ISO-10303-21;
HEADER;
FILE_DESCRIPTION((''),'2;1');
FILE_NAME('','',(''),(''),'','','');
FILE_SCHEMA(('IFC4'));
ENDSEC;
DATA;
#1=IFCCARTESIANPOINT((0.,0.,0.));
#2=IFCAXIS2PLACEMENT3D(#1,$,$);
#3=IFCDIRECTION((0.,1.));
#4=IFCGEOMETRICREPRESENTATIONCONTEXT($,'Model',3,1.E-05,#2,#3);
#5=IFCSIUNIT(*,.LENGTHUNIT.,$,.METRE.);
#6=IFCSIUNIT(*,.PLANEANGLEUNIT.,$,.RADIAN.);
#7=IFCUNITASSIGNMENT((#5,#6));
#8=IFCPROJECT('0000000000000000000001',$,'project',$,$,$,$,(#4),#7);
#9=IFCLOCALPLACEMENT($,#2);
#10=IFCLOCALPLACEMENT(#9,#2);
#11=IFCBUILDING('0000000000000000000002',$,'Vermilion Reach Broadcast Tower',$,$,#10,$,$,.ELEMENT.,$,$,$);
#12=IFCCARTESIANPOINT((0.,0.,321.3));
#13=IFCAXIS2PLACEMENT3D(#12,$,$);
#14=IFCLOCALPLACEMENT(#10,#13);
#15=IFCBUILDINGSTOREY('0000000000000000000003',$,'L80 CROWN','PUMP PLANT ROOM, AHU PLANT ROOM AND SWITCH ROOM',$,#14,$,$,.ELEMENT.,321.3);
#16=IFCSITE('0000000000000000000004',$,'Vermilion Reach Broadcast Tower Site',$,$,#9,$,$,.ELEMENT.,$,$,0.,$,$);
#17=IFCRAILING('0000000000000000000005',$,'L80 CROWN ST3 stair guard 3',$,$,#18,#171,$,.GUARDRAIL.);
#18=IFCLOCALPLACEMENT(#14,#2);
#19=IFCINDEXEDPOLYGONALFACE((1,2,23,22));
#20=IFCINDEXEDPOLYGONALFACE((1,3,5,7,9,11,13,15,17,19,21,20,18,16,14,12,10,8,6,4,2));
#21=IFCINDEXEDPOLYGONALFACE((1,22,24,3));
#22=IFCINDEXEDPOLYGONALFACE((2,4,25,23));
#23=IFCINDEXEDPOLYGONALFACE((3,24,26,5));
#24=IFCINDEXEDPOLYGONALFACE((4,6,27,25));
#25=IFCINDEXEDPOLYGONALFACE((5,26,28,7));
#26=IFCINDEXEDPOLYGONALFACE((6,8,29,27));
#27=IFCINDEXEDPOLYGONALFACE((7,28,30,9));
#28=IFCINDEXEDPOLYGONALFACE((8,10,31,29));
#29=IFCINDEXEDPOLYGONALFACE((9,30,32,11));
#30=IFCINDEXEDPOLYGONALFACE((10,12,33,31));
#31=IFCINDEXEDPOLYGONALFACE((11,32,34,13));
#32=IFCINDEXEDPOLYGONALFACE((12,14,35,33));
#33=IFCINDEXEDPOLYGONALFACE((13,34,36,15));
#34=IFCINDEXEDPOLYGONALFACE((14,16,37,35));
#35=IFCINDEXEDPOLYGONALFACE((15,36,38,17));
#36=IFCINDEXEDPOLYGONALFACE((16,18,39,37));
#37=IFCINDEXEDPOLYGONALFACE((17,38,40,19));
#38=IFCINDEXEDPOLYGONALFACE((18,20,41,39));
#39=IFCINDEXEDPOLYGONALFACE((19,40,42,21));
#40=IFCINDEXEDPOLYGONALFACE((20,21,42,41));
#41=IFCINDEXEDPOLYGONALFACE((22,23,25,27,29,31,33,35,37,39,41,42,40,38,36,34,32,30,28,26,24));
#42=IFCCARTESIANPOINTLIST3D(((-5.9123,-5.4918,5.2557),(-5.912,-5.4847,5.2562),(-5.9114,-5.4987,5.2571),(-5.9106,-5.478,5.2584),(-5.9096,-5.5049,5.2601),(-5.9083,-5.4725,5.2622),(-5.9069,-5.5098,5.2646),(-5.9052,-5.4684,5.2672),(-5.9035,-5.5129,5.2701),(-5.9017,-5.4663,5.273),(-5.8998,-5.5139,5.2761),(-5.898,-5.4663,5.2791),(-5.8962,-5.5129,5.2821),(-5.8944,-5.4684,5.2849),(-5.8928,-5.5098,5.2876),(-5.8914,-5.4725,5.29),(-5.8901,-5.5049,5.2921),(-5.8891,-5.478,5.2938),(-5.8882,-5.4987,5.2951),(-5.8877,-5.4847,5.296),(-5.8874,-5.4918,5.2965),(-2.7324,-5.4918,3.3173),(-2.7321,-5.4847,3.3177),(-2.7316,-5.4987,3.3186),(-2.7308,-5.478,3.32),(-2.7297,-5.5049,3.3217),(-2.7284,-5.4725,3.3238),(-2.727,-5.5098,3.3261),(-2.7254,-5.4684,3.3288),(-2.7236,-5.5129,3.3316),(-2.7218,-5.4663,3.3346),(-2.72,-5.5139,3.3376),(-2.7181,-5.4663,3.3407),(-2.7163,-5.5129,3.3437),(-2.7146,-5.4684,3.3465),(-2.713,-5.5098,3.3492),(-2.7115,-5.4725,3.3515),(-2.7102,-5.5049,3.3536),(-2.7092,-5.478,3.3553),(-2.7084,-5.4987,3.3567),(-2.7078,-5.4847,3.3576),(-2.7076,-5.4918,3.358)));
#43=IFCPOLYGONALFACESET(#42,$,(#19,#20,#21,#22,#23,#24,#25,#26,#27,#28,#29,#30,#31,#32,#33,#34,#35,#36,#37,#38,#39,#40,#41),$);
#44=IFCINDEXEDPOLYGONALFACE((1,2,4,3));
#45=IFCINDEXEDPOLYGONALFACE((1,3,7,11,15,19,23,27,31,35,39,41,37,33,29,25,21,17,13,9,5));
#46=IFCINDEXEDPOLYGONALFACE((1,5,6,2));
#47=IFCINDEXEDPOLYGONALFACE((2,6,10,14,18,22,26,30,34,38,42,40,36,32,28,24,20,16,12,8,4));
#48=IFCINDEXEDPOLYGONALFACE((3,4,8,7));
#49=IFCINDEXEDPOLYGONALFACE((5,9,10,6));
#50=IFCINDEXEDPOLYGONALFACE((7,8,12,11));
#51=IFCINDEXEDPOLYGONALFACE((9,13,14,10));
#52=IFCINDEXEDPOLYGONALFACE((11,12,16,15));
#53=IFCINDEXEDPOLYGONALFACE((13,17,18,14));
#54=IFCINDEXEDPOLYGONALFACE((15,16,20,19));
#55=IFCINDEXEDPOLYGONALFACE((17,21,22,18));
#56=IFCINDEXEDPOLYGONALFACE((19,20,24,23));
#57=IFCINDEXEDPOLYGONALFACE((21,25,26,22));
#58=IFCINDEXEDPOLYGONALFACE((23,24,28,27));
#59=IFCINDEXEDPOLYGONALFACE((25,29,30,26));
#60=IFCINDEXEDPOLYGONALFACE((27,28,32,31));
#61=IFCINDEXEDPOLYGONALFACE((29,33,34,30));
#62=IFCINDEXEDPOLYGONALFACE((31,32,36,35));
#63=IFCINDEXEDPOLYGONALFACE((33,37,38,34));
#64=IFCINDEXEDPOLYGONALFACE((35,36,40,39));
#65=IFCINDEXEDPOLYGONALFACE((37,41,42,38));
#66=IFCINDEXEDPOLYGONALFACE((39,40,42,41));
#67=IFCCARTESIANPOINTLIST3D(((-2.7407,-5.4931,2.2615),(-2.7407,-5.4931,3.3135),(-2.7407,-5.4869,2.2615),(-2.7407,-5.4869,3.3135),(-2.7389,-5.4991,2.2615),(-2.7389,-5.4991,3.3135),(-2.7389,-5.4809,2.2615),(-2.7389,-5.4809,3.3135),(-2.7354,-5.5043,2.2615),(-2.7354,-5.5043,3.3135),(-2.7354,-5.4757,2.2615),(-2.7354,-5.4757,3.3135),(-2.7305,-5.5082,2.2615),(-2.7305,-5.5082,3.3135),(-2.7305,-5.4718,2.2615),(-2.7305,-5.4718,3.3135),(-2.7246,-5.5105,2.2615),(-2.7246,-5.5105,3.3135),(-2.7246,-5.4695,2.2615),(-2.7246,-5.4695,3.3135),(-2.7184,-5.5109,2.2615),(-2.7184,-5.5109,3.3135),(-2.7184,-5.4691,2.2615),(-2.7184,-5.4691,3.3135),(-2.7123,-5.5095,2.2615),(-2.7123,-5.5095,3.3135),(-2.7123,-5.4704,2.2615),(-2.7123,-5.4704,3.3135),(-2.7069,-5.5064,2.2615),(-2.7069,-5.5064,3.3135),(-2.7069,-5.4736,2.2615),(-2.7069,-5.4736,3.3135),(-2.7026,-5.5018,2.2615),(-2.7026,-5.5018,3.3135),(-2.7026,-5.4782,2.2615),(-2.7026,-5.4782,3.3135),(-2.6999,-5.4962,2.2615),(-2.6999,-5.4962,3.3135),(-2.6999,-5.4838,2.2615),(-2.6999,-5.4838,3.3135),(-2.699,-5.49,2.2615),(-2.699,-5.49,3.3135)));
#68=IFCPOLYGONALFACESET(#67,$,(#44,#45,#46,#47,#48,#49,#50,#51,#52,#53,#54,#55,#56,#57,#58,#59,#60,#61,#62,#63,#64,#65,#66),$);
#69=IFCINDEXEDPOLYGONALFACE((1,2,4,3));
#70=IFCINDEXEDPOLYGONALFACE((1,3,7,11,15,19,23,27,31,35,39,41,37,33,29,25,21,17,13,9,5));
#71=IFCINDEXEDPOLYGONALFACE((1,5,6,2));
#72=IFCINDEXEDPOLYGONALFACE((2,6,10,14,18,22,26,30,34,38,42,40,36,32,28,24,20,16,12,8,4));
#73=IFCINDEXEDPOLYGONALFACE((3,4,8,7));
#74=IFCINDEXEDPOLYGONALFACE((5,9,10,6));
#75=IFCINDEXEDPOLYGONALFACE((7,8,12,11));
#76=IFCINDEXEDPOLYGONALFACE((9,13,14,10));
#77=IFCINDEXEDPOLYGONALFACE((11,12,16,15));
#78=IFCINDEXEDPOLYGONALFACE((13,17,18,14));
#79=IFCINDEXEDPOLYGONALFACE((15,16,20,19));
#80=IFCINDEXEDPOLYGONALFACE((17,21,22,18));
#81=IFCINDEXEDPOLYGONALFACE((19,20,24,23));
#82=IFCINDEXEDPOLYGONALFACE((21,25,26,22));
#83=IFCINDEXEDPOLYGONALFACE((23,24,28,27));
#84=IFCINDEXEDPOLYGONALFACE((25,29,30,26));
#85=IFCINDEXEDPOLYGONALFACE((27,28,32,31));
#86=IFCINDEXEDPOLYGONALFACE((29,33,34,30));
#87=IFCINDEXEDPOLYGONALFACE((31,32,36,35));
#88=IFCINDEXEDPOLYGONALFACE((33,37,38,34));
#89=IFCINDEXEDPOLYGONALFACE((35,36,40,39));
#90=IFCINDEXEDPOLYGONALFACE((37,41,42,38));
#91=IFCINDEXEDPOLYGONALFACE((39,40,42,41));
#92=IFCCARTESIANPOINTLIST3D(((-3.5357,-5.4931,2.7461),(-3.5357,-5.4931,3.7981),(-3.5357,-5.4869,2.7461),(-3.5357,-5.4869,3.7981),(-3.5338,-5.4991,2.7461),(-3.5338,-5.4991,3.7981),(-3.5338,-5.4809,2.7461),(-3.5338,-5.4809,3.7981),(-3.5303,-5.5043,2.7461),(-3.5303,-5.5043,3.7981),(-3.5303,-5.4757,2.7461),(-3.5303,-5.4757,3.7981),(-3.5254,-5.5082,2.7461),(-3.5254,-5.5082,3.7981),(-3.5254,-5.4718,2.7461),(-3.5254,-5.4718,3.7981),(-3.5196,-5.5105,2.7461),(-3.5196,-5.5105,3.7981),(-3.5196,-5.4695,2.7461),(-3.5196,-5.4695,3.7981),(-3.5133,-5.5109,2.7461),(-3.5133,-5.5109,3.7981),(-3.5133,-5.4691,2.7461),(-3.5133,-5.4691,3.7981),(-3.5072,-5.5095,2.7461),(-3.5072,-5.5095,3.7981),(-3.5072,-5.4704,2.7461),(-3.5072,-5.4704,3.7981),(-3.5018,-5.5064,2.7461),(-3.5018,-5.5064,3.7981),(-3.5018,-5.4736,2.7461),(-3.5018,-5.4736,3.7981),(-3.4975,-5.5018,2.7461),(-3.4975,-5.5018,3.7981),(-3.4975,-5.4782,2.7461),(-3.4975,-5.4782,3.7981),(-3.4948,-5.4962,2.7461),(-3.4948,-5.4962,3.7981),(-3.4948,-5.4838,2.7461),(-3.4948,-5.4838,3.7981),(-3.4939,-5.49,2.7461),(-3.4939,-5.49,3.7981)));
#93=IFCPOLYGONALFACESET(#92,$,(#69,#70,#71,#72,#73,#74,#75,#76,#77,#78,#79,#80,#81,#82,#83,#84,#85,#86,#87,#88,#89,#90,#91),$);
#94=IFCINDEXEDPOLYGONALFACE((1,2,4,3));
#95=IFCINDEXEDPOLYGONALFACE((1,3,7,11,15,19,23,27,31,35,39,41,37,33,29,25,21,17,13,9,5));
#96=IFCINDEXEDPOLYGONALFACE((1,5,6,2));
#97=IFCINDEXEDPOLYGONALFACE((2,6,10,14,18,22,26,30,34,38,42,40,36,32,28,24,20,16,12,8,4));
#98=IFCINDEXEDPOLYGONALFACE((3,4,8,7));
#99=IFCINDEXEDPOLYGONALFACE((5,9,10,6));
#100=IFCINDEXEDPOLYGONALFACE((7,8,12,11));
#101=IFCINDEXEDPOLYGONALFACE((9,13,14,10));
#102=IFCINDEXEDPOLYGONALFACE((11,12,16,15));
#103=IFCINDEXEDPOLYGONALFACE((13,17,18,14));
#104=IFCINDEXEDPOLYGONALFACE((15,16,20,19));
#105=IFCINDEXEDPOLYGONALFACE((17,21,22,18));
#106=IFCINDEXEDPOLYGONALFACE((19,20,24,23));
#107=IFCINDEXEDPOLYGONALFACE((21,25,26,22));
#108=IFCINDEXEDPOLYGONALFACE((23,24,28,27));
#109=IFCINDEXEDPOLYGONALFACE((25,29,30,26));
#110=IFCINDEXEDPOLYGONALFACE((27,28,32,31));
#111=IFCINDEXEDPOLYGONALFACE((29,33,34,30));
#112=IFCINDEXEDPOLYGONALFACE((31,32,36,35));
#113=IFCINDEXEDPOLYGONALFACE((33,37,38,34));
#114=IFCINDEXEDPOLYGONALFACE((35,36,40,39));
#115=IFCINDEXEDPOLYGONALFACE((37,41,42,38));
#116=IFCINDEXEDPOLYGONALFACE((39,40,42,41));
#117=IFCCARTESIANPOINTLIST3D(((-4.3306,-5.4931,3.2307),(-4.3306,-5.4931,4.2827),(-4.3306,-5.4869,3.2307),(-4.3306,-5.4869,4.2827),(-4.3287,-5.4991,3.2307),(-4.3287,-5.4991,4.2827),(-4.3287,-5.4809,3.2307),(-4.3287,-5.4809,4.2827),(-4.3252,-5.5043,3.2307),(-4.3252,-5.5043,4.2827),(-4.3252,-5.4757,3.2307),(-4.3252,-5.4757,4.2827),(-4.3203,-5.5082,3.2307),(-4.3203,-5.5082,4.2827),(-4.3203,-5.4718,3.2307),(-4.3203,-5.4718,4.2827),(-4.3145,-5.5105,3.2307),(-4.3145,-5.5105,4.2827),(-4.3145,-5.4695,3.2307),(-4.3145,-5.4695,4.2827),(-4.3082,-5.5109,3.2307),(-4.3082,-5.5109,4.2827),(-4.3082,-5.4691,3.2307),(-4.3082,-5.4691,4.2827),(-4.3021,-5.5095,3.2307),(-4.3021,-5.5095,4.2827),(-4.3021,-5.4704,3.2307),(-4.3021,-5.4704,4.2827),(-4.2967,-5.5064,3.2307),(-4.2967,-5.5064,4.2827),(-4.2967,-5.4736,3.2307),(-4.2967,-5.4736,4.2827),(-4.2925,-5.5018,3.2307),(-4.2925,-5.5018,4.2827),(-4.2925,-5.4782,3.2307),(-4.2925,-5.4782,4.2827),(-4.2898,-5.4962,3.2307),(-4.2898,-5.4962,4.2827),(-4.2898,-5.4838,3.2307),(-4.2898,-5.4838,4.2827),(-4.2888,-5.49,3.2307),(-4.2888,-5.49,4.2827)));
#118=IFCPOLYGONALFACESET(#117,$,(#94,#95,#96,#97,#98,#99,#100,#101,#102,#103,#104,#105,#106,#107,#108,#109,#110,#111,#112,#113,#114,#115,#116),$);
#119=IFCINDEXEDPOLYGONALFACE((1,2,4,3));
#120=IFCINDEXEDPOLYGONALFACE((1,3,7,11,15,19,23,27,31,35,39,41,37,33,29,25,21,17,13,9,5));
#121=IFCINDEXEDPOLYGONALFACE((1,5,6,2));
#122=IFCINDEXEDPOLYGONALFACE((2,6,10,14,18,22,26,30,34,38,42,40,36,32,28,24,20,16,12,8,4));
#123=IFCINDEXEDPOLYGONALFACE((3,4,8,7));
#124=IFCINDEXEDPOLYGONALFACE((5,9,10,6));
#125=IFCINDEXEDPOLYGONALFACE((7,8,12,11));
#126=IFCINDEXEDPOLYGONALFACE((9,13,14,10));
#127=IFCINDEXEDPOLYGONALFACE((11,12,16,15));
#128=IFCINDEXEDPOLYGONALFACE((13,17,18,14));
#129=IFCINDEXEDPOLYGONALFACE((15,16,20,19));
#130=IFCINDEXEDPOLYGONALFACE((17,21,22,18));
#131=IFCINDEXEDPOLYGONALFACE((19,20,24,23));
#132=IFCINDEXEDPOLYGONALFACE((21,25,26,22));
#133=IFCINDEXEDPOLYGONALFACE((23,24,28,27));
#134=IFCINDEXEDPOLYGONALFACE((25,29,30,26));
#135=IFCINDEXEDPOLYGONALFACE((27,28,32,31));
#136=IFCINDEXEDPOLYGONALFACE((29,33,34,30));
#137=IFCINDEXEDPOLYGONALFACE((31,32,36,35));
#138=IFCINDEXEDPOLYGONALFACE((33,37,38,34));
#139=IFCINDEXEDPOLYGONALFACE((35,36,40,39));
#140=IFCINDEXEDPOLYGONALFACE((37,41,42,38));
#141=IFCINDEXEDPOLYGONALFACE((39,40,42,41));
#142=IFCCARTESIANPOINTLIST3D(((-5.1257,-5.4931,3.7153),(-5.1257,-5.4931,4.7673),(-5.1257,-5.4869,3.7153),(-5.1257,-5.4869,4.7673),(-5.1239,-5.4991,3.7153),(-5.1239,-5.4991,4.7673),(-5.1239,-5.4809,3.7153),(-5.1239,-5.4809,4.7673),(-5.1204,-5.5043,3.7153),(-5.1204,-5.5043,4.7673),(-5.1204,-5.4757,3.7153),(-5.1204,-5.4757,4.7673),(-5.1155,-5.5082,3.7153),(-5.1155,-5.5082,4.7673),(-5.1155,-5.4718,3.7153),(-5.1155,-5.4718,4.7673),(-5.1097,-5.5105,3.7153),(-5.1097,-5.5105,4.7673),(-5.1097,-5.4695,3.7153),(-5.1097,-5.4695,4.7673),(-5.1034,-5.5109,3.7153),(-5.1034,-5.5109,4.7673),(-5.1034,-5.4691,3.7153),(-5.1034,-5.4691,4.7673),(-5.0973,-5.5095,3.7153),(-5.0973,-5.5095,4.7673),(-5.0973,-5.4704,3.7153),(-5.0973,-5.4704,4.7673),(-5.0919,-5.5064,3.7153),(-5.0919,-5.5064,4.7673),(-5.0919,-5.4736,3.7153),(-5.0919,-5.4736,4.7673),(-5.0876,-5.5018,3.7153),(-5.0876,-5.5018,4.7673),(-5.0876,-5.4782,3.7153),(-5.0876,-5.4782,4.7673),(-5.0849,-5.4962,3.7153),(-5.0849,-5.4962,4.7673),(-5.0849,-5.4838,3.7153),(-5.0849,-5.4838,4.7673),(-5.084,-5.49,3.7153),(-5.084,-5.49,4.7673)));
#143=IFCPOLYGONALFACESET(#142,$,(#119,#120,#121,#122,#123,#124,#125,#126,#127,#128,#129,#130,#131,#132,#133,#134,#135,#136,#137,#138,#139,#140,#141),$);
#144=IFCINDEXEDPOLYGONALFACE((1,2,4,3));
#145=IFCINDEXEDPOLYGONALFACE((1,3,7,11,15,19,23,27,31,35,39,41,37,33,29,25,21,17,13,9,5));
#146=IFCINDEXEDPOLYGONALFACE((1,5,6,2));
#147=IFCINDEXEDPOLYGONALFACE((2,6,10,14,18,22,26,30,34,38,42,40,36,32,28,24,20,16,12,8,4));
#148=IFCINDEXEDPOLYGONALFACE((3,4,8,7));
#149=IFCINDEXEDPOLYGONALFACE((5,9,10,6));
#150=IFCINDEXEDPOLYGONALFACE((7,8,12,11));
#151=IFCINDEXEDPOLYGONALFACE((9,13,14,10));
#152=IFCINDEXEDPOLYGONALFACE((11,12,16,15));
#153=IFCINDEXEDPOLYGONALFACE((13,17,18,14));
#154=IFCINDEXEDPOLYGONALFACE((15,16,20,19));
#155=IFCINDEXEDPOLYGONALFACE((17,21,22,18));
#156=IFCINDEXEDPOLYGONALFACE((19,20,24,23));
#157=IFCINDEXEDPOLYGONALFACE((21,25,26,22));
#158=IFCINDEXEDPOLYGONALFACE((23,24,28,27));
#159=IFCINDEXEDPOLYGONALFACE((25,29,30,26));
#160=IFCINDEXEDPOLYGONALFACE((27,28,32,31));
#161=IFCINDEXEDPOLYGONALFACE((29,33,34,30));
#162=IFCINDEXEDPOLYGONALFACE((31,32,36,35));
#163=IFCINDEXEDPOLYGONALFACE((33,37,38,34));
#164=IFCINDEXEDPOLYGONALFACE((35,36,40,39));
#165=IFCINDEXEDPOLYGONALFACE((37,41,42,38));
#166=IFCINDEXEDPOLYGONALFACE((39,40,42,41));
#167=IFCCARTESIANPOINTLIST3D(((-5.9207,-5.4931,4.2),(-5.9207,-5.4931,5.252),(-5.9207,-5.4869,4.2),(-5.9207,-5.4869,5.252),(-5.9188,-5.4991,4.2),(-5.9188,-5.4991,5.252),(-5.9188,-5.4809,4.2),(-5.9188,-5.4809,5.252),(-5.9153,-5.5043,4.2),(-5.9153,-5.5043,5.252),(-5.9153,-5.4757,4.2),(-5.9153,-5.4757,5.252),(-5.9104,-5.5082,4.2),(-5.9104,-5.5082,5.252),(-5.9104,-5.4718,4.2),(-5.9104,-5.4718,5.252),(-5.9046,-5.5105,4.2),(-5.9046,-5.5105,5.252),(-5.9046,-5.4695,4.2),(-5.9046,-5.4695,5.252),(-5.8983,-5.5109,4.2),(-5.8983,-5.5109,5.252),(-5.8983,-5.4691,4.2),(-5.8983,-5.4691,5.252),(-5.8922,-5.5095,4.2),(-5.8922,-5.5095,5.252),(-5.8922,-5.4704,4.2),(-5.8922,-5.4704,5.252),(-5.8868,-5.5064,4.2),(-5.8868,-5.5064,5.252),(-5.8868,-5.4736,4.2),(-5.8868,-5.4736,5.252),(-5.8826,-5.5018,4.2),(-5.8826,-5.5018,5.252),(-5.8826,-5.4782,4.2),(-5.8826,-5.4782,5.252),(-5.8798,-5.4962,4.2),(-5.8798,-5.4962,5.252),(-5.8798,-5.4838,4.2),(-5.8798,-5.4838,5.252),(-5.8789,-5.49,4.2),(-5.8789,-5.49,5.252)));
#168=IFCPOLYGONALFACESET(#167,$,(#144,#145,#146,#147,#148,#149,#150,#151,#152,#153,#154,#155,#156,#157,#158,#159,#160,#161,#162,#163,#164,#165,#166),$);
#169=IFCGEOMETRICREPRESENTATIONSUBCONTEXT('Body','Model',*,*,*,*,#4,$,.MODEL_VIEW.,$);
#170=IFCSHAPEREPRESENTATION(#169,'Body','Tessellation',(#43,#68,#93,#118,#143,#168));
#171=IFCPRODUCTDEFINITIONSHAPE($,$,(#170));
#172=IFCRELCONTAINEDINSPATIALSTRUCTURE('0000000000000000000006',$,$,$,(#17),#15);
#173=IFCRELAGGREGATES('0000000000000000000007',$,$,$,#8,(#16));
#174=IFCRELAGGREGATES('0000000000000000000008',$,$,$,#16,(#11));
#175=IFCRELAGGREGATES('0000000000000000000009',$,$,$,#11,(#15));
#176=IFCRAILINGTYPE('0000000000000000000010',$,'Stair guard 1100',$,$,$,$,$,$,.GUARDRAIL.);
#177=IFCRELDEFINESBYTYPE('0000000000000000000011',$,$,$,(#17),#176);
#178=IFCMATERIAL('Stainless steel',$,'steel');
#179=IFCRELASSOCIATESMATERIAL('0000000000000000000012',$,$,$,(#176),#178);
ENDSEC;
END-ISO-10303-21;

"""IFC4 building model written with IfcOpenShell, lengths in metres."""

from ifc_helpers import new_model, si_unit, direction, frame, origin, origin_2d, place, context, subcontext, project, spatial, circle, extrude, material, type_object, element, save


model = new_model("IFC4")

# Units and contexts
model_context = context("Model", 3, precision=1e-05, world=origin(), true_north=direction((0.0, 1.0)))
body_context = subcontext(model_context, "Body", "Model", "MODEL_VIEW")
ifc_project = project(units=[si_unit("LENGTHUNIT", "METRE"), si_unit("PLANEANGLEUNIT", "RADIAN")], contexts=[model_context])

# Site, building, storey
site_placement = place(None, origin())
site = spatial("IfcSite", under=ifc_project, at=site_placement, Name="Vermilion Reach Broadcast Tower Site", CompositionType="ELEMENT", RefElevation=0.0)
building_placement = place(site_placement, origin())
building = spatial("IfcBuilding", under=site, at=building_placement, Name="Vermilion Reach Broadcast Tower", CompositionType="ELEMENT")
storey_placement = place(building_placement, frame((0.0, 0.0, 321.3)))
storey = spatial("IfcBuildingStorey", under=building, at=storey_placement, Name="L80 CROWN", Description="PUMP PLANT ROOM, AHU PLANT ROOM AND SWITCH ROOM", CompositionType="ELEMENT", Elevation=321.3)

# Railing
ifc_material_1 = material(Name="Stainless steel", Category="steel")
railing_type_1 = type_object("IfcRailingType", Name="Stair guard 1100", PredefinedType="GUARDRAIL", material=ifc_material_1)
railing_1_placement = place(storey_placement, frame((-2.72, -5.49, 2.2615)))
element("IfcRailing", 1, at=railing_1_placement, inside=storey, type_object=railing_type_1, Name="L80 CROWN ST3 stair guard 3", PredefinedType="GUARDRAIL", context=body_context, shape_type="SweptSolid", body=[
    extrude(circle(Radius=0.0239, at=origin_2d()), frame((0.0, 0.0, 1.0762), z_axis=(-0.853857, 0.0, 0.520508), x_axis=(0.0, -1.0, 0.0)), (0.0, 0.0, 1.0), 3.7241),
    extrude(circle(Radius=0.021, at=origin_2d()), origin(), (0.0, 0.0, 1.0), 1.052),
    extrude(circle(Radius=0.021, at=origin_2d()), frame((-0.7949, 0.0, 0.4846)), (0.0, 0.0, 1.0), 1.052),
    extrude(circle(Radius=0.021, at=origin_2d()), frame((-1.5898, 0.0, 0.9692)), (0.0, 0.0, 1.0), 1.052),
    extrude(circle(Radius=0.021, at=origin_2d()), frame((-2.385, 0.0, 1.4539)), (0.0, 0.0, 1.0), 1.052),
    extrude(circle(Radius=0.021, at=origin_2d()), frame((-3.1799, 0.0, 1.9385)), (0.0, 0.0, 1.0), 1.052),
])

save(model, "model.ifc")
